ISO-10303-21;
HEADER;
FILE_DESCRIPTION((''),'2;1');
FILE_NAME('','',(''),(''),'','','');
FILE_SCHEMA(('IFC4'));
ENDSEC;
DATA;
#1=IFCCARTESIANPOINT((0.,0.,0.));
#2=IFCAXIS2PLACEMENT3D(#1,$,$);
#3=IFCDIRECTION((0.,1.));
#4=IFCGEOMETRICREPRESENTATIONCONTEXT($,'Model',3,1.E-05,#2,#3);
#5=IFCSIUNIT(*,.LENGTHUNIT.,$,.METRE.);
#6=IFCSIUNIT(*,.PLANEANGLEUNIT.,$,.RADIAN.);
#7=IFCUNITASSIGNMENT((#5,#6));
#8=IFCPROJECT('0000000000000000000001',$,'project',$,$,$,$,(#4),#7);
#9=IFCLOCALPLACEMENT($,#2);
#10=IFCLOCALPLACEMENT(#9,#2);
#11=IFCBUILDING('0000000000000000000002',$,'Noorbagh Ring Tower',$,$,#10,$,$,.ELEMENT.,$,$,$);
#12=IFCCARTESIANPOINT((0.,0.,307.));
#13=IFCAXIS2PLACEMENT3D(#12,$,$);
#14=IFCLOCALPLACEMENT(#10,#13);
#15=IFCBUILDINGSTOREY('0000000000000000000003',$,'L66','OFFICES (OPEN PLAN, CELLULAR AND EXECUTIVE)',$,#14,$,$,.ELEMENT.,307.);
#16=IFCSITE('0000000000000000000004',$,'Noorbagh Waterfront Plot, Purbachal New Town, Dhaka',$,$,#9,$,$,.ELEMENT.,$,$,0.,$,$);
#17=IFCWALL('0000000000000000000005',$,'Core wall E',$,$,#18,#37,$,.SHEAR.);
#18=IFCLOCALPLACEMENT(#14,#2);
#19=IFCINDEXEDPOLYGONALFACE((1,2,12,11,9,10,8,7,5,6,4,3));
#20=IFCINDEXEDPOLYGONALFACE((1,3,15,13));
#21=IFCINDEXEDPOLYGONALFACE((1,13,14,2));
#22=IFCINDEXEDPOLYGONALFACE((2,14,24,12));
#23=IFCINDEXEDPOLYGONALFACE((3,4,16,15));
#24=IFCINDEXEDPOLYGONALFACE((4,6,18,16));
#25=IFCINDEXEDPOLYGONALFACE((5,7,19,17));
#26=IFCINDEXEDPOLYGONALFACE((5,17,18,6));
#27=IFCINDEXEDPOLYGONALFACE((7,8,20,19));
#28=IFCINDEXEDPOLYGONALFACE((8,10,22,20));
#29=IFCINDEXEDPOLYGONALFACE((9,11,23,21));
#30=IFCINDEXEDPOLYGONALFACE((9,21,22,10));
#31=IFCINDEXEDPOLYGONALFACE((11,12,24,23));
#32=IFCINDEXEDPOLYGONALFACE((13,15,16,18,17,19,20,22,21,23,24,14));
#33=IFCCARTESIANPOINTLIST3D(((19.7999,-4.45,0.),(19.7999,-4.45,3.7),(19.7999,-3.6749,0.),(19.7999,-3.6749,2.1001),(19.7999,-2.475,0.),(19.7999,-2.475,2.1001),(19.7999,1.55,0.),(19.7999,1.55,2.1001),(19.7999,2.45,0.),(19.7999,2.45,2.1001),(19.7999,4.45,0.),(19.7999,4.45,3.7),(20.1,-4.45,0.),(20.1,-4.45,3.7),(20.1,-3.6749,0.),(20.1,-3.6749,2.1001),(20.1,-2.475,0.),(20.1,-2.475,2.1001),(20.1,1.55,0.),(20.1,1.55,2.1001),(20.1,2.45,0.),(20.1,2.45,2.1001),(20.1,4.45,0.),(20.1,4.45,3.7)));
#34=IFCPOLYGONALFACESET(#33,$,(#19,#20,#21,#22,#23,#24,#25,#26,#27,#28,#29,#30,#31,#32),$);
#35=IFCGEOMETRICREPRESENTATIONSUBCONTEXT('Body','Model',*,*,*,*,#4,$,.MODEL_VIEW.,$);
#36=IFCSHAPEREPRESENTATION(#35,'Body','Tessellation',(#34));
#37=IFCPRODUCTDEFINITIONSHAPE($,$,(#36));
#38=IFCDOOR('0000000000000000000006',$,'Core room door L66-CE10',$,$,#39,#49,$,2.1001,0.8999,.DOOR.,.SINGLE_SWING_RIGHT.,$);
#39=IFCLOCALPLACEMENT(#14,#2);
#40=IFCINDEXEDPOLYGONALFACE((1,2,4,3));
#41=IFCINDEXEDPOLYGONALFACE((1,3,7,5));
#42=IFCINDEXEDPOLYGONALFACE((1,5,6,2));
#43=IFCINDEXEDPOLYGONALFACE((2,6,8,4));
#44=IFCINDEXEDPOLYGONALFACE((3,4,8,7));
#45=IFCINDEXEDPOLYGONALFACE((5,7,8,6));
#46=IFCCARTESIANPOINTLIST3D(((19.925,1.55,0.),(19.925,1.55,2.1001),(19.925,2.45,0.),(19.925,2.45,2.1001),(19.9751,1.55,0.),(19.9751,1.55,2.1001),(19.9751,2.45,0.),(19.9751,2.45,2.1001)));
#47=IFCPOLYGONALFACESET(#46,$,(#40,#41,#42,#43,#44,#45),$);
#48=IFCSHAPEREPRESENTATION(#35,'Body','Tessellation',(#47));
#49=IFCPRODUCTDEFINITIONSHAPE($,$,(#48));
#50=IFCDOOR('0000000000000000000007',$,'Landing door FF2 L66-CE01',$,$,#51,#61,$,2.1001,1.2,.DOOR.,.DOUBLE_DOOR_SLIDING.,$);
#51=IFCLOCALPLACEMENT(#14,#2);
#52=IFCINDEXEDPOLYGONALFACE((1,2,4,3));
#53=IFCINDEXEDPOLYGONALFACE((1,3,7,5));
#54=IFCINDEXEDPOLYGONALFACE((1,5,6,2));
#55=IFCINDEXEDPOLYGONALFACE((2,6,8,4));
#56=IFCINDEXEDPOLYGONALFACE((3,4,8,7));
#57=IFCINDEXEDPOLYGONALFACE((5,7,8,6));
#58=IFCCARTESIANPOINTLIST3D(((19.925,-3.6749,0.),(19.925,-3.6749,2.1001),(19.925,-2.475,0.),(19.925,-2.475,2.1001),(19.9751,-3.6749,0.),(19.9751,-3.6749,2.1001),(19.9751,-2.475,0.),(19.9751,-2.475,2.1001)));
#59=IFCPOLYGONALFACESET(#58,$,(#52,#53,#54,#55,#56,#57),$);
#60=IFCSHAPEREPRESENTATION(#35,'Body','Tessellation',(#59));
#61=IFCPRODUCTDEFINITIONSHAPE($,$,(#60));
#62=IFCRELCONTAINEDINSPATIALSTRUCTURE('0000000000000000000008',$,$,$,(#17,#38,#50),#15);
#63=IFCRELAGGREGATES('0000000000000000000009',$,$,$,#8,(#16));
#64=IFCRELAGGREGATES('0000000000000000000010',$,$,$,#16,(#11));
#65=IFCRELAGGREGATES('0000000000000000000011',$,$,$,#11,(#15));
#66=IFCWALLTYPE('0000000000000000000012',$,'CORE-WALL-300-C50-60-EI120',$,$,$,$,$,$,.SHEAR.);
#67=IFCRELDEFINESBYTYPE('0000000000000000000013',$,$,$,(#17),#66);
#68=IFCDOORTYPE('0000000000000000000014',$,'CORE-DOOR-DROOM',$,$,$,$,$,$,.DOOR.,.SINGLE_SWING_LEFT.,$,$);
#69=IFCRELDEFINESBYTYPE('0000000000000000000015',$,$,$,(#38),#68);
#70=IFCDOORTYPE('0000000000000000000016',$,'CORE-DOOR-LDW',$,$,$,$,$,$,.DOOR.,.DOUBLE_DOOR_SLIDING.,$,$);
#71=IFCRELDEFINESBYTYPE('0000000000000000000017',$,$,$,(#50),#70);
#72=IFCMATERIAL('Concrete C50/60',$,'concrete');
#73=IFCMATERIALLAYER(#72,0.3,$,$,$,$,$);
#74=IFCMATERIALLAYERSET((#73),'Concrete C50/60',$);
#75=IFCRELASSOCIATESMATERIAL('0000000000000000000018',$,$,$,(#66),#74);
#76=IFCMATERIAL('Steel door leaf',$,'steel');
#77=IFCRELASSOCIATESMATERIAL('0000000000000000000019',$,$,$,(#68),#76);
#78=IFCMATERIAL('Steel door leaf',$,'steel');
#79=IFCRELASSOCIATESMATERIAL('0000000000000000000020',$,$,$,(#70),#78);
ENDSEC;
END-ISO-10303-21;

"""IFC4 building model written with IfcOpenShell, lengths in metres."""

from ifc_helpers import new_model, si_unit, direction, frame, frame_2d, origin, place, context, subcontext, project, spatial, rectangle, extrude, material, layer, layer_set, type_object, element, fill, save


model = new_model("IFC4")

# Units and contexts
model_context = context("Model", 3, precision=1e-05, world=origin(), true_north=direction((0.0, 1.0)))
body_context = subcontext(model_context, "Body", "Model", "MODEL_VIEW")
ifc_project = project(units=[si_unit("LENGTHUNIT", "METRE"), si_unit("PLANEANGLEUNIT", "RADIAN")], contexts=[model_context])

# Site, building, storey
site_placement = place(None, origin())
site = spatial("IfcSite", under=ifc_project, at=site_placement, Name="Noorbagh Waterfront Plot, Purbachal New Town, Dhaka", CompositionType="ELEMENT", RefElevation=0.0)
building_placement = place(site_placement, origin())
building = spatial("IfcBuilding", under=site, at=building_placement, Name="Noorbagh Ring Tower", CompositionType="ELEMENT")
storey_placement = place(building_placement, frame((0.0, 0.0, 307.0)))
storey = spatial("IfcBuildingStorey", under=building, at=storey_placement, Name="L66", Description="OFFICES (OPEN PLAN, CELLULAR AND EXECUTIVE)", CompositionType="ELEMENT", Elevation=307.0)

# Shared definitions
ifc_material_1 = material(Name="Concrete C50/60", Category="concrete")
ifc_layer_1 = layer(ifc_material_1, 0.3)
ifc_layer_set_1 = layer_set([ifc_layer_1], Name="Concrete C50/60")
wall_type_1 = type_object("IfcWallType", Name="CORE-WALL-300-C50-60-EI120", PredefinedType="SHEAR", material=ifc_layer_set_1)

# Wall, openings, doors
wall_1_placement = place(storey_placement, frame((19.95, -4.45, 0.0), z_axis=(0.0, 0.0, 1.0), x_axis=(0.0, 1.0, 0.0)))
wall_1 = element("IfcWall", 1, at=wall_1_placement, inside=storey, type_object=wall_type_1, Name="Core wall E", PredefinedType="SHEAR", context=body_context, shape_type="SweptSolid", body=[
    extrude(rectangle(XDim=8.8999, YDim=0.3, at=frame_2d((4.45, 0.0))), origin(), (0.0, 0.0, 1.0), 3.7),
])
opening_1_placement = place(wall_1_placement, frame((0.7749, 0.0, 0.0)))
opening_1 = element("IfcOpeningElement", 2, at=opening_1_placement, cuts=wall_1, PredefinedType="OPENING", context=body_context, shape_type="SweptSolid", body=[
    extrude(rectangle(XDim=1.2, YDim=2.1001, at=frame_2d((0.6001, 1.05))), frame((0.0, 0.1602, 0.0), z_axis=(0.0, -1.0, 0.0), x_axis=(1.0, 0.0, 0.0)), (0.0, 0.0, 1.0), 0.3201),
])
opening_2_placement = place(wall_1_placement, frame((6.0, 0.0, 0.0)))
opening_2 = element("IfcOpeningElement", 3, at=opening_2_placement, cuts=wall_1, PredefinedType="OPENING", context=body_context, shape_type="SweptSolid", body=[
    extrude(rectangle(XDim=0.8999, YDim=2.1001, at=frame_2d((0.45, 1.05))), frame((0.0, 0.1602, 0.0), z_axis=(0.0, -1.0, 0.0), x_axis=(1.0, 0.0, 0.0)), (0.0, 0.0, 1.0), 0.3201),
])
ifc_material_2 = material(Name="Steel door leaf", Category="steel")
door_type_1 = type_object("IfcDoorType", Name="CORE-DOOR-DROOM", OperationType="SINGLE_SWING_LEFT", PredefinedType="DOOR", material=ifc_material_2)
door_1_placement = place(opening_2_placement, origin())
door_1 = element("IfcDoor", 4, at=door_1_placement, inside=storey, type_object=door_type_1, Name="Core room door L66-CE10", OperationType="SINGLE_SWING_RIGHT", OverallHeight=2.1001, OverallWidth=0.8999, PredefinedType="DOOR", context=body_context, shape_type="SweptSolid", body=[
    extrude(rectangle(XDim=0.8999, YDim=2.1001, at=frame_2d((0.45, 1.05))), frame((0.0, 0.0249, 0.0), z_axis=(0.0, -1.0, 0.0), x_axis=(1.0, 0.0, 0.0)), (0.0, 0.0, 1.0), 0.05),
])
fill(opening_2, door_1)
ifc_material_3 = material(Name="Steel door leaf", Category="steel")
door_type_2 = type_object("IfcDoorType", Name="CORE-DOOR-LDW", OperationType="DOUBLE_DOOR_SLIDING", PredefinedType="DOOR", material=ifc_material_3)
door_2_placement = place(opening_1_placement, origin())
door_2 = element("IfcDoor", 5, at=door_2_placement, inside=storey, type_object=door_type_2, Name="Landing door FF2 L66-CE01", OperationType="DOUBLE_DOOR_SLIDING", OverallHeight=2.1001, OverallWidth=1.2, PredefinedType="DOOR", context=body_context, shape_type="SweptSolid", body=[
    extrude(rectangle(XDim=1.2, YDim=2.1001, at=frame_2d((0.6001, 1.05))), frame((0.0, 0.0249, 0.0), z_axis=(0.0, -1.0, 0.0), x_axis=(1.0, 0.0, 0.0)), (0.0, 0.0, 1.0), 0.05),
])
fill(opening_1, door_2)

save(model, "model.ifc")
